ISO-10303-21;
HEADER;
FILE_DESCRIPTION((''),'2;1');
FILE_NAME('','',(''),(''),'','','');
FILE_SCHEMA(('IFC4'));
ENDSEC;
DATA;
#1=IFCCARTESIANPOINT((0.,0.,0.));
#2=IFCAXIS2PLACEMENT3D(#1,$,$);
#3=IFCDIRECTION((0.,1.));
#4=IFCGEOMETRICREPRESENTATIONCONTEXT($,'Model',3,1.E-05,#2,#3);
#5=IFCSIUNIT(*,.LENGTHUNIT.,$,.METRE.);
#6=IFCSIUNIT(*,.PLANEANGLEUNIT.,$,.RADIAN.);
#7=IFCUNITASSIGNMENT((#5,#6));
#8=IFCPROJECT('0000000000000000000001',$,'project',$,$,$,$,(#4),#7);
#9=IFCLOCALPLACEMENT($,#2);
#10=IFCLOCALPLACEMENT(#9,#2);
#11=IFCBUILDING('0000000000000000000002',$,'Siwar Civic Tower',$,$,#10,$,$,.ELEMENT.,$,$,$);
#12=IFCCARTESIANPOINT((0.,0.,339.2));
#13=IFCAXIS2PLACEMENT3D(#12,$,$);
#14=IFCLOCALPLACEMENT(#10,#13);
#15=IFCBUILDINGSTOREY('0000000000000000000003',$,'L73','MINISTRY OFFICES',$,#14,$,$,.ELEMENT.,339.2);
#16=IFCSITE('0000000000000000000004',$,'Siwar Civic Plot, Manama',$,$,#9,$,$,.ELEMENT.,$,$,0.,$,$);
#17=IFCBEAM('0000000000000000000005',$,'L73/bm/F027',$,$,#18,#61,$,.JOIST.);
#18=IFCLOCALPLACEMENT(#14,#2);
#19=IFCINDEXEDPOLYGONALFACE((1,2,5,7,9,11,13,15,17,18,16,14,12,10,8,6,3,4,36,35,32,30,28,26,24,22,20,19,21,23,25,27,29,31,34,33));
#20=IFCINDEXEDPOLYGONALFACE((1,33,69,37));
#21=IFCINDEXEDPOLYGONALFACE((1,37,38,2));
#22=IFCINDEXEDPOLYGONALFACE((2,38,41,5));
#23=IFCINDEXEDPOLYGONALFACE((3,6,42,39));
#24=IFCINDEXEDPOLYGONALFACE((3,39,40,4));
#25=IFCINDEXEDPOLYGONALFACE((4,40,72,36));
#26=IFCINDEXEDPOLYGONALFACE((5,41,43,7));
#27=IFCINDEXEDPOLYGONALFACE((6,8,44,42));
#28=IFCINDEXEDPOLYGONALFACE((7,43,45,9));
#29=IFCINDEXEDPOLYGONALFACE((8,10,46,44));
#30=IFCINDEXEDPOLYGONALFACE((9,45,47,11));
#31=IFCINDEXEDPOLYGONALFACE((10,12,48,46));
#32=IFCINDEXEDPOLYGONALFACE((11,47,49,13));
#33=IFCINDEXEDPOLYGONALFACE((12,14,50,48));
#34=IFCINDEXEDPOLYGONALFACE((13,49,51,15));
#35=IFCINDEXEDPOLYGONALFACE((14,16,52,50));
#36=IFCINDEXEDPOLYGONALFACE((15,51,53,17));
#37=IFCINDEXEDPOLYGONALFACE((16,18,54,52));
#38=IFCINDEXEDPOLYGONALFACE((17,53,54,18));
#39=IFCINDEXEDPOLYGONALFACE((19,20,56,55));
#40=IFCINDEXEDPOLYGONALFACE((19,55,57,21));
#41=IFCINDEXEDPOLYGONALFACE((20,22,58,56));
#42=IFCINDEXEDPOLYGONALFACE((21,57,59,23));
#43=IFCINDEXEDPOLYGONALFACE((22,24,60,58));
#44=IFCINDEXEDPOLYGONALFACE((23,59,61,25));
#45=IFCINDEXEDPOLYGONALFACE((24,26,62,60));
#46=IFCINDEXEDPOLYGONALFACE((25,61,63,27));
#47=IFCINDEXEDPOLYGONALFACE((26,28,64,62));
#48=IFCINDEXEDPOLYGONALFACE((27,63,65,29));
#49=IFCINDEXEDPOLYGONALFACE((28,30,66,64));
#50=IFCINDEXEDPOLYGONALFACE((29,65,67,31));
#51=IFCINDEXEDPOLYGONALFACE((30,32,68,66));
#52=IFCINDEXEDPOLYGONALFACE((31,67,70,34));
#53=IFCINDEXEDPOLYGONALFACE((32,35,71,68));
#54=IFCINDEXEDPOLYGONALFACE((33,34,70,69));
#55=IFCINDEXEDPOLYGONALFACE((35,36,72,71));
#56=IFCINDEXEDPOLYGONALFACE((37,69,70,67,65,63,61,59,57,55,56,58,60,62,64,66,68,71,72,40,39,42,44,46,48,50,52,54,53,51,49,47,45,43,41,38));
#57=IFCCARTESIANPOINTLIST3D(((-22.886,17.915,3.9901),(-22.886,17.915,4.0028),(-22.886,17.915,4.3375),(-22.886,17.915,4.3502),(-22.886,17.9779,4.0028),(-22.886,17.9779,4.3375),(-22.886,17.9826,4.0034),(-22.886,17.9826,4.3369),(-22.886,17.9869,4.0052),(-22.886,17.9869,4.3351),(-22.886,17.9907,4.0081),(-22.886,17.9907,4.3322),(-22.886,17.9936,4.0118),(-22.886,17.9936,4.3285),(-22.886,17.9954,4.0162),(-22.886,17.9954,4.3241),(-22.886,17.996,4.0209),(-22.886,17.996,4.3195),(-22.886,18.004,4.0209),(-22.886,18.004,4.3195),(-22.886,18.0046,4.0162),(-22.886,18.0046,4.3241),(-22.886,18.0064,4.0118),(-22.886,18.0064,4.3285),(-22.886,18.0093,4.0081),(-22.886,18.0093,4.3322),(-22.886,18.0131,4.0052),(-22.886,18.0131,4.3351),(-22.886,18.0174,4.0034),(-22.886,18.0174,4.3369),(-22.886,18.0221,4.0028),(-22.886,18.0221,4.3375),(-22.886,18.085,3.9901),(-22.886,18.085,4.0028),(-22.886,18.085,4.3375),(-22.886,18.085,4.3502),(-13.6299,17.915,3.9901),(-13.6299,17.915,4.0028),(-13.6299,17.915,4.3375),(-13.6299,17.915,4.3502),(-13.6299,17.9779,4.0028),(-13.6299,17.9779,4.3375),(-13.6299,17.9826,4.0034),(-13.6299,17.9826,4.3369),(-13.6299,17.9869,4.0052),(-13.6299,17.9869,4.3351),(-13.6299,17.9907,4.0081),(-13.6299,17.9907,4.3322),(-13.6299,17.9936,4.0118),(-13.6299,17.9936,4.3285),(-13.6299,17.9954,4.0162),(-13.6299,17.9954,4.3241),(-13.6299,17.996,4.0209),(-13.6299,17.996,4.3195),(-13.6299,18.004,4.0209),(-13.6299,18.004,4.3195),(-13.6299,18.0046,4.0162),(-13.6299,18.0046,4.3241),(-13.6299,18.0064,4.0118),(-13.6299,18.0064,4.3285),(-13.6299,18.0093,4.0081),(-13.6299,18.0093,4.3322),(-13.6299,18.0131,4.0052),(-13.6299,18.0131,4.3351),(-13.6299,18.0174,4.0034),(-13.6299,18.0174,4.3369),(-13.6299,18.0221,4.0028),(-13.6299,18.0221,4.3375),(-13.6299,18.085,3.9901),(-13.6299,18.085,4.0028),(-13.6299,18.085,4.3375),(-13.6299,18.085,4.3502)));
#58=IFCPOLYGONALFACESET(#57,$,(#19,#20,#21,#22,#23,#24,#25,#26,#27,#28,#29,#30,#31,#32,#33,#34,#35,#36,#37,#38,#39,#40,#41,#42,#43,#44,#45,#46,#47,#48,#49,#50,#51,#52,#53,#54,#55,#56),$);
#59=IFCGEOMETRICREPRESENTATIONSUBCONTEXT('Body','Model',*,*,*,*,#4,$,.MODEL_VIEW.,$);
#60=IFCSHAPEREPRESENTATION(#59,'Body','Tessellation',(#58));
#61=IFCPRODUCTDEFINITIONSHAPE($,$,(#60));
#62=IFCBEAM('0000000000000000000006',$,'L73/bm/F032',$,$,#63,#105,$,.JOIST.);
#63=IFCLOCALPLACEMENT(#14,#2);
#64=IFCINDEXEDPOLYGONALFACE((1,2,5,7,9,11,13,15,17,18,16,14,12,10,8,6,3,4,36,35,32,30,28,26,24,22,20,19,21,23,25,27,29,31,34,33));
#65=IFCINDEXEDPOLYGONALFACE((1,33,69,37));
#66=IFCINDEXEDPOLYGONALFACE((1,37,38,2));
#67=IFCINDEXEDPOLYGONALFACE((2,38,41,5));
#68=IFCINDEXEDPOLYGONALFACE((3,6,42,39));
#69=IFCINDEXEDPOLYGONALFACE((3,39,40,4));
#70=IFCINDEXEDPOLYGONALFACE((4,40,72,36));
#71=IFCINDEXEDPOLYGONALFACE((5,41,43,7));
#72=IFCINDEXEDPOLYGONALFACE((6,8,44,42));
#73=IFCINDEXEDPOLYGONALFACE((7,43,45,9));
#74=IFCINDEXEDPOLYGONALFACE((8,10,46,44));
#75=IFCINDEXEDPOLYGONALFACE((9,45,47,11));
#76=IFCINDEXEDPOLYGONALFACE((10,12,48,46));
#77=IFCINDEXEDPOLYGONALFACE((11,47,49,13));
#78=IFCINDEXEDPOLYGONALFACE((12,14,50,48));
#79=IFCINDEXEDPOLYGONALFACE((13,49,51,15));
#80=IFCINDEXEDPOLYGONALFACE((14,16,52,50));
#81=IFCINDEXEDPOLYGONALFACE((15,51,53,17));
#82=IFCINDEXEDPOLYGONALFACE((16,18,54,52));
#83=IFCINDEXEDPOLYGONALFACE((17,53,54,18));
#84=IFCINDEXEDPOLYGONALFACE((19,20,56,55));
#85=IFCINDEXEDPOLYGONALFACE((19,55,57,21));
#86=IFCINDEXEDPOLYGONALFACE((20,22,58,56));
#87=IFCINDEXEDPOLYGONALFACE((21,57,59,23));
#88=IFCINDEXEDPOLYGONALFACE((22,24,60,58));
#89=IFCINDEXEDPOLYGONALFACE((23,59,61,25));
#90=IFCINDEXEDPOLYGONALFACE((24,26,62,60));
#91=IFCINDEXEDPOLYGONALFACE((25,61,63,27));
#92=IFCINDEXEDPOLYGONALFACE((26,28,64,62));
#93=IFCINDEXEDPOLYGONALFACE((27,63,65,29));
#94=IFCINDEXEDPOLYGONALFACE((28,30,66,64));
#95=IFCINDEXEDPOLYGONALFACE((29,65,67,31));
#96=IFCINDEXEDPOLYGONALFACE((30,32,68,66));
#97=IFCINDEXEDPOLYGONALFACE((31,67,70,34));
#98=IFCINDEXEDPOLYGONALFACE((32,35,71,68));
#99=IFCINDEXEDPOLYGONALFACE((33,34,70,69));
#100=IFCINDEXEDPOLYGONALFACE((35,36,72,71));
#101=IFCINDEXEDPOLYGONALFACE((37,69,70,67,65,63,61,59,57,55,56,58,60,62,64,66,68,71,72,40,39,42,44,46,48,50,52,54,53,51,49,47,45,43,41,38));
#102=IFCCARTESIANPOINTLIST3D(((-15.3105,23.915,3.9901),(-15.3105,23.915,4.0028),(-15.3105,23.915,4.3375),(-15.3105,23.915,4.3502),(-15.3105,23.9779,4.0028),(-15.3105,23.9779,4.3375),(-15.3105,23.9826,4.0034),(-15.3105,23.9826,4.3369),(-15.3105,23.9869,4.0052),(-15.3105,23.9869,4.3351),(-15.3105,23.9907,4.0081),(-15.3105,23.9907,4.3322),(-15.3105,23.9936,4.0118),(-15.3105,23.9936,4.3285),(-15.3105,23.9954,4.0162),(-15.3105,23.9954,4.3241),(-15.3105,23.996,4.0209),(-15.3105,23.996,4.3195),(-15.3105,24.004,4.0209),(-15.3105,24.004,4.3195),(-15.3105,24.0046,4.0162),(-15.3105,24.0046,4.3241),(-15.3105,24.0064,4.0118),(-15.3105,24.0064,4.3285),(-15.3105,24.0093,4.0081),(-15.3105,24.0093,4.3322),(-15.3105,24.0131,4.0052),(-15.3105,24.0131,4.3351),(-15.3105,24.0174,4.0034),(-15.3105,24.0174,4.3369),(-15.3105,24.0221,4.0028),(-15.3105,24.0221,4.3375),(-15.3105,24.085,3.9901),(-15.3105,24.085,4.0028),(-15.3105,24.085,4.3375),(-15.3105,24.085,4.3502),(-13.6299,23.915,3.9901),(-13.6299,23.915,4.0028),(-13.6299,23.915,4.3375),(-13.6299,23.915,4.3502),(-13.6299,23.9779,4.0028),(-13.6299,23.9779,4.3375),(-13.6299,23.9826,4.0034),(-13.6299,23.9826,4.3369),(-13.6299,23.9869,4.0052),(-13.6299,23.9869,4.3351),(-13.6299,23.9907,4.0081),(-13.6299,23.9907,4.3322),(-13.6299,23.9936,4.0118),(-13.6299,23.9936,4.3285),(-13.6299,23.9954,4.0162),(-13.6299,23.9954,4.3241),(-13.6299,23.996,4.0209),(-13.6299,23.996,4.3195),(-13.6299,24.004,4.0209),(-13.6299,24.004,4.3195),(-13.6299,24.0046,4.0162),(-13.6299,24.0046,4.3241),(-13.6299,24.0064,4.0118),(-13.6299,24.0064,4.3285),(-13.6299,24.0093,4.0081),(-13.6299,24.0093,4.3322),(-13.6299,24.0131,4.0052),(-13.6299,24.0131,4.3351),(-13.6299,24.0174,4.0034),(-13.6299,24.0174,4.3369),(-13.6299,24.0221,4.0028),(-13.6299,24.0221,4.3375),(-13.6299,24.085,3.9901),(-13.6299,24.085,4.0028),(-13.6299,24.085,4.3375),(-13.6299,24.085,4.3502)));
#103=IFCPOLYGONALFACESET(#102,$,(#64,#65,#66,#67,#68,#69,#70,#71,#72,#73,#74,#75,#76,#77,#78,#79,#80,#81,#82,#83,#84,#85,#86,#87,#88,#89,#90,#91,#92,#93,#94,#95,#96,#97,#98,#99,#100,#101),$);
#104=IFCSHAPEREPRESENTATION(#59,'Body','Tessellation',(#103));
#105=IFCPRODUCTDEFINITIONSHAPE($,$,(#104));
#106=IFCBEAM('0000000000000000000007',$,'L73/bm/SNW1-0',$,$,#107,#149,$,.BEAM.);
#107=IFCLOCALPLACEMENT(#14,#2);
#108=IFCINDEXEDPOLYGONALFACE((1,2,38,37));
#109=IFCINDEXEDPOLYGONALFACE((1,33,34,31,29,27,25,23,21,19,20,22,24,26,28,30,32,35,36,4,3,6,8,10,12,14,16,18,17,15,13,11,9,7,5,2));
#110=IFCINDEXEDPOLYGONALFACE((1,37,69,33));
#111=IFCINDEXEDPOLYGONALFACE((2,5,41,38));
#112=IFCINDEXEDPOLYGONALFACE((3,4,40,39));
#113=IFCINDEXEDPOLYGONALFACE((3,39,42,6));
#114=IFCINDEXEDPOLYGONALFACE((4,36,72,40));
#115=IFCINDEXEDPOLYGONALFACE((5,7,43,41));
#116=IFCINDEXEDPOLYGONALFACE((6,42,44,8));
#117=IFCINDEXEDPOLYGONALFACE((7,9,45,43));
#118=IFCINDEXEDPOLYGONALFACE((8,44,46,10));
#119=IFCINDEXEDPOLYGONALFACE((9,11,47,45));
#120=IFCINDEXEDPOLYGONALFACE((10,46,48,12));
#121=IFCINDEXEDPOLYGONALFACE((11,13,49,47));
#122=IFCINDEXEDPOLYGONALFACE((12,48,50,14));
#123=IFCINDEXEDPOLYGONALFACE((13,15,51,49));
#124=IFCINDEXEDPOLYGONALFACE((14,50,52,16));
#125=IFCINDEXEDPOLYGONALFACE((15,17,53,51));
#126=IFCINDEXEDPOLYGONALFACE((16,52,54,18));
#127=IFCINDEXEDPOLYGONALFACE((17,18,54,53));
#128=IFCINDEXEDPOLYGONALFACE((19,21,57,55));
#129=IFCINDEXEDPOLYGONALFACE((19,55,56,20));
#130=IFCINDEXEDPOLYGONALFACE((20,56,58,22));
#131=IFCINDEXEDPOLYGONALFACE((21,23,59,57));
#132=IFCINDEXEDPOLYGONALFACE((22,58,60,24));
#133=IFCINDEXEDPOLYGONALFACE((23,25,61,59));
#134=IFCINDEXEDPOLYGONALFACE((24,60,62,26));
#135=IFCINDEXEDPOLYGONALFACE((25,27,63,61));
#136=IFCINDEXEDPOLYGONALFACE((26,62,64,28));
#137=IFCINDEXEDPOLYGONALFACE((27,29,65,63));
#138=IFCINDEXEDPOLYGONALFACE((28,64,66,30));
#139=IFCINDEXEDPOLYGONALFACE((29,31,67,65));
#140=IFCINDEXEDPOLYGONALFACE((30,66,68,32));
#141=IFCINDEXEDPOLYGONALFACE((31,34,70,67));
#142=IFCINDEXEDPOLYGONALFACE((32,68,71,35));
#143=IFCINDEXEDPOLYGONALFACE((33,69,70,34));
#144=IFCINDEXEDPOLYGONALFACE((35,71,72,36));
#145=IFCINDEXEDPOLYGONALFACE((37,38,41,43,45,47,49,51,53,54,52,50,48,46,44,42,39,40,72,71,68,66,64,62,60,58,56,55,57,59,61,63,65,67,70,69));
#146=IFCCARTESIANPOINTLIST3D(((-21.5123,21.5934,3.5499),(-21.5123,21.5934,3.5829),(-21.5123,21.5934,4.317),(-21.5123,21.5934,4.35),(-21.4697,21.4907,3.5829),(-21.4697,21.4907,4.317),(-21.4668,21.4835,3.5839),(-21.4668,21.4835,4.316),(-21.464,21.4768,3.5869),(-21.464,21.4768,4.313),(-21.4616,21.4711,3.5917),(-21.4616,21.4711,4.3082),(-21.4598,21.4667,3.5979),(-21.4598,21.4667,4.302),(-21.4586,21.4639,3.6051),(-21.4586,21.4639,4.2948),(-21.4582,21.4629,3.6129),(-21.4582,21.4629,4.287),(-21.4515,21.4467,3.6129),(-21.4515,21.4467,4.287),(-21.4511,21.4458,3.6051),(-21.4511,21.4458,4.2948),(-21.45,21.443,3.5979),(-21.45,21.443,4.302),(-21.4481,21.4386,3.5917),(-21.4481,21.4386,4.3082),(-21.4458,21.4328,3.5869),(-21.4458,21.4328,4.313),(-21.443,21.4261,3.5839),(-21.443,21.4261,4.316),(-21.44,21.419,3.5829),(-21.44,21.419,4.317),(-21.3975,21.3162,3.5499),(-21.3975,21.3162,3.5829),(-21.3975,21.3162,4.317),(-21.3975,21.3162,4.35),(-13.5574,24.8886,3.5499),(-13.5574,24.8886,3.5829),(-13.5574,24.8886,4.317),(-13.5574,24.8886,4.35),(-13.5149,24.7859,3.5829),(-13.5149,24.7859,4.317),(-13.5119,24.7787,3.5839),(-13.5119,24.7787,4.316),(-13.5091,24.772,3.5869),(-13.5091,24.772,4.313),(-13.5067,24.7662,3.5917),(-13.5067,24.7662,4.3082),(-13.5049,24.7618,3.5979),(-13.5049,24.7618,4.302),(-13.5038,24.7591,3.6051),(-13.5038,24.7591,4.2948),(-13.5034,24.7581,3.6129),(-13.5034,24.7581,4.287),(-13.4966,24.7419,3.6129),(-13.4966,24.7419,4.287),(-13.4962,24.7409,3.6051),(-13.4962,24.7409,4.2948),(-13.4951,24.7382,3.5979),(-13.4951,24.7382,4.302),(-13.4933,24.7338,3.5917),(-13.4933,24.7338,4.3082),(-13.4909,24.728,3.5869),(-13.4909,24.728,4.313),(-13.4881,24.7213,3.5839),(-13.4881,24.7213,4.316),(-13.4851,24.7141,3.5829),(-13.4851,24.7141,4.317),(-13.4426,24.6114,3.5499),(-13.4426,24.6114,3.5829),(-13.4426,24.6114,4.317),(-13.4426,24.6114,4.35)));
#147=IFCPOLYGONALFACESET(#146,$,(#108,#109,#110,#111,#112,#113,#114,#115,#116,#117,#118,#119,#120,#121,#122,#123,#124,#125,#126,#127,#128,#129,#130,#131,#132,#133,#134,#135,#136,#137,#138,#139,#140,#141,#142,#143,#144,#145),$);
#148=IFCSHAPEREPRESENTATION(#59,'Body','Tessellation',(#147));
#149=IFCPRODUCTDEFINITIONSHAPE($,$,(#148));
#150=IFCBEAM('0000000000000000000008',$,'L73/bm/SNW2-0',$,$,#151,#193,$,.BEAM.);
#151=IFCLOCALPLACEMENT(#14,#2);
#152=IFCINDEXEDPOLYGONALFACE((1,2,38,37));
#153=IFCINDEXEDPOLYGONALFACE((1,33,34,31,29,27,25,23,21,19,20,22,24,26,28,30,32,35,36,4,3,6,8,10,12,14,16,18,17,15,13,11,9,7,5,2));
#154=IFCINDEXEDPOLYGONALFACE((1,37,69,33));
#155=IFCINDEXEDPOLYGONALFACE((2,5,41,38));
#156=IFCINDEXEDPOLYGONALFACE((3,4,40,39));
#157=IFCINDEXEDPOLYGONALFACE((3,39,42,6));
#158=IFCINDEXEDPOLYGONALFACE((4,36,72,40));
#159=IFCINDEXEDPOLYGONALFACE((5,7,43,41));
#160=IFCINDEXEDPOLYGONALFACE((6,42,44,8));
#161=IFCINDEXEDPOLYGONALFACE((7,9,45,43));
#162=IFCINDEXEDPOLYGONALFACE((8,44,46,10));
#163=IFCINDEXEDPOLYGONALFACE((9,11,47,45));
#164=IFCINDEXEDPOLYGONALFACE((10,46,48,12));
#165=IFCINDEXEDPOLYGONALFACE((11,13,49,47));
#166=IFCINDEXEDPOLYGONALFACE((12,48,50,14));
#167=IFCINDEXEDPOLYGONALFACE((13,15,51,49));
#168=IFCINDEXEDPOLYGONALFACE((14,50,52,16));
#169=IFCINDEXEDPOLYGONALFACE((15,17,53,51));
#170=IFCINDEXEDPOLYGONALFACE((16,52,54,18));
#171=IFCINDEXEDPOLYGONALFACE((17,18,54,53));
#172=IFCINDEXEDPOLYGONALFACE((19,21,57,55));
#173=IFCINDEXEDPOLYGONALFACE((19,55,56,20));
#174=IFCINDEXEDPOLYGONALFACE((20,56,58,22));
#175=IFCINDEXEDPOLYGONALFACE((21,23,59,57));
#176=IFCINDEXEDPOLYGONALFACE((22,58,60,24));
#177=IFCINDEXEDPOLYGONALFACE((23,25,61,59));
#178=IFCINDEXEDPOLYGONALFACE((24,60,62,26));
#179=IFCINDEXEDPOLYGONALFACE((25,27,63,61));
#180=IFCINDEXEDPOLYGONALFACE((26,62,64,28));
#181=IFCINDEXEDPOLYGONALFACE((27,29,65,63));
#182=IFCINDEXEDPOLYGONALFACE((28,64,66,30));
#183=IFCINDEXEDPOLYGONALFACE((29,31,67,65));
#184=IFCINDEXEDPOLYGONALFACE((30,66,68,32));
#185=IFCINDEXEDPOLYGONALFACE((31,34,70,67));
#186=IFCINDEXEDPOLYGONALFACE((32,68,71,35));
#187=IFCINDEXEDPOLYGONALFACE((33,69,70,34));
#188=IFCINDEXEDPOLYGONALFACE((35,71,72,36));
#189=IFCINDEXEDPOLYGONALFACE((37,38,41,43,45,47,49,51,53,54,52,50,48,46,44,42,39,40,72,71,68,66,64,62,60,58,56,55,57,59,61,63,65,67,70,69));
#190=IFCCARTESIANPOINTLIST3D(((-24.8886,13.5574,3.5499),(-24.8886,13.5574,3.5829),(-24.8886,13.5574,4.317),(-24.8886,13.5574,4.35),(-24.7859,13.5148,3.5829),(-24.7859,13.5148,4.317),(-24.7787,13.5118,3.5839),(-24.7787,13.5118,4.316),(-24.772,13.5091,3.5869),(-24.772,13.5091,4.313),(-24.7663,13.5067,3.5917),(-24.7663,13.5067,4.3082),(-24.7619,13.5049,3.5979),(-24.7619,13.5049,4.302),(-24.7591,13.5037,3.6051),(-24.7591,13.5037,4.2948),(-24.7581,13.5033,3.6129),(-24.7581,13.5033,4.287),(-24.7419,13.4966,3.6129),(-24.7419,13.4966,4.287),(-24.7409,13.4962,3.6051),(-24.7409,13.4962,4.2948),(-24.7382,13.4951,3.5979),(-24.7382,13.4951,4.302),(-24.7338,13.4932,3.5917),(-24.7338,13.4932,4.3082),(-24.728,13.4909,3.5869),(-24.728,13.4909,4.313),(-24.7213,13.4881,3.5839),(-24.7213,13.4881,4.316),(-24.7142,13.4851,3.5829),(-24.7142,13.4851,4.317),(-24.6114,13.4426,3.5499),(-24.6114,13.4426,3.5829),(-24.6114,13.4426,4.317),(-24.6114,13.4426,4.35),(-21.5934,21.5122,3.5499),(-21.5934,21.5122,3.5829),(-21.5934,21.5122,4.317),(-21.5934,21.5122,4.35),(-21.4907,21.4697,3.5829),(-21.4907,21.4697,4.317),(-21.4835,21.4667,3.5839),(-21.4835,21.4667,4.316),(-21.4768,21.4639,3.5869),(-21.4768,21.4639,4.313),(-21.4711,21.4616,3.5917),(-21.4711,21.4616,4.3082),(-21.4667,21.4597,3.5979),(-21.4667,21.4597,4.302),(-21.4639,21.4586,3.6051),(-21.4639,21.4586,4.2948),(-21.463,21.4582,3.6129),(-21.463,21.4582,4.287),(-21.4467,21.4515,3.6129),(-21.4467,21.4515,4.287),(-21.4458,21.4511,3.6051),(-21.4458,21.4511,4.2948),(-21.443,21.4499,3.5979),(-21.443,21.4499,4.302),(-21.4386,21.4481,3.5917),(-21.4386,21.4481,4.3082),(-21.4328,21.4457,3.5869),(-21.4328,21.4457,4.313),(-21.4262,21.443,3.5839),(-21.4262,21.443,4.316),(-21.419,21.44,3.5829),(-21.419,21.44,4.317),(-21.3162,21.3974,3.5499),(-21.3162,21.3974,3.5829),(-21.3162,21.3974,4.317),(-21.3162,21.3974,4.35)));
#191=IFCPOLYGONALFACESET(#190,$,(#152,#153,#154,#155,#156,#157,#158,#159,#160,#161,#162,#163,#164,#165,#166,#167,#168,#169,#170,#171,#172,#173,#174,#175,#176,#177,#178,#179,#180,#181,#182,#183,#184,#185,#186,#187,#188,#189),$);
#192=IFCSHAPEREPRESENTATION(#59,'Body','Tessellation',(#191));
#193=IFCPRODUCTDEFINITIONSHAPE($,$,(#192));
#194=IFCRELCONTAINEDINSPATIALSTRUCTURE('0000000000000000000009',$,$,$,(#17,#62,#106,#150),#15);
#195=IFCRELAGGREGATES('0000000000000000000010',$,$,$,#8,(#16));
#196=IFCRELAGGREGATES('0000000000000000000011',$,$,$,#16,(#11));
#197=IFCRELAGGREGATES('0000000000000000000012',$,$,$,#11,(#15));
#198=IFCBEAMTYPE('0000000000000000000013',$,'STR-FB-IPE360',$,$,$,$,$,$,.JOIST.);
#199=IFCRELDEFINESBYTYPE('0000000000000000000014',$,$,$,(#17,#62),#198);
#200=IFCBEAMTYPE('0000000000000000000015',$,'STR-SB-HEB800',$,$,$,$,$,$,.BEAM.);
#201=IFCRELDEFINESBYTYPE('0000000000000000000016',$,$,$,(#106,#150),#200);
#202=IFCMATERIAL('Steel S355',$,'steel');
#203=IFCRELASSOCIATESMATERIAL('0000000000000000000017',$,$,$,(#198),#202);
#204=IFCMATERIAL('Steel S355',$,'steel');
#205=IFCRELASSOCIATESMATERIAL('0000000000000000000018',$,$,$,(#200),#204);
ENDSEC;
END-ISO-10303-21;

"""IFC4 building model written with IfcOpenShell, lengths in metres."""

from ifc_helpers import new_model, si_unit, direction, frame, origin, origin_2d, place, context, subcontext, project, spatial, i_section, extrude, material, material_profile, profile_set, type_object, element, save


model = new_model("IFC4")

# Units and contexts
model_context = context("Model", 3, precision=1e-05, world=origin(), true_north=direction((0.0, 1.0)))
body_context = subcontext(model_context, "Body", "Model", "MODEL_VIEW")
ifc_project = project(units=[si_unit("LENGTHUNIT", "METRE"), si_unit("PLANEANGLEUNIT", "RADIAN")], contexts=[model_context])

# Site, building, storey
site_placement = place(None, origin())
site = spatial("IfcSite", under=ifc_project, at=site_placement, Name="Siwar Civic Plot, Manama", CompositionType="ELEMENT", RefElevation=0.0)
building_placement = place(site_placement, origin())
building = spatial("IfcBuilding", under=site, at=building_placement, Name="Siwar Civic Tower", CompositionType="ELEMENT")
storey_placement = place(building_placement, frame((0.0, 0.0, 339.2)))
storey = spatial("IfcBuildingStorey", under=building, at=storey_placement, Name="L73", Description="MINISTRY OFFICES", CompositionType="ELEMENT", Elevation=339.2)

# Beams
ifc_material_1 = material(Name="Steel S355", Category="steel")
ifc_material_profile_1 = material_profile(ifc_material_1, i_section(OverallWidth=0.1699, OverallDepth=0.3601, WebThickness=0.0081, FlangeThickness=0.0127, FilletRadius=0.0181, at=origin_2d()), Name="IPE360")
ifc_profile_set_1 = profile_set([ifc_material_profile_1], Name="Steel S355")
beam_type_1 = type_object("IfcBeamType", Name="STR-FB-IPE360", PredefinedType="JOIST", material=ifc_profile_set_1)
beam_1_placement = place(storey_placement, frame((-22.886, 18.0, 4.1702), z_axis=(1.0, 0.0, 0.0), x_axis=(0.0, 1.0, 0.0)))
element("IfcBeam", 1, at=beam_1_placement, inside=storey, type_object=beam_type_1, Name="L73/bm/F027", PredefinedType="JOIST", context=body_context, shape_type="SweptSolid", body=[
    extrude(i_section(OverallWidth=0.1699, OverallDepth=0.3601, WebThickness=0.0081, FlangeThickness=0.0127, FilletRadius=0.0181, at=origin_2d()), origin(), (0.0, 0.0, 1.0), 9.2561),
])
beam_2_placement = place(storey_placement, frame((-15.3105, 24.0, 4.1702), z_axis=(1.0, 0.0, 0.0), x_axis=(0.0, 1.0, 0.0)))
element("IfcBeam", 2, at=beam_2_placement, inside=storey, type_object=beam_type_1, Name="L73/bm/F032", PredefinedType="JOIST", context=body_context, shape_type="SweptSolid", body=[
    extrude(i_section(OverallWidth=0.1699, OverallDepth=0.3601, WebThickness=0.0081, FlangeThickness=0.0127, FilletRadius=0.0181, at=origin_2d()), origin(), (0.0, 0.0, 1.0), 1.6807),
])
ifc_material_2 = material(Name="Steel S355", Category="steel")
ifc_material_profile_2 = material_profile(ifc_material_2, i_section(OverallWidth=0.3, OverallDepth=0.8, WebThickness=0.0176, FlangeThickness=0.033, FilletRadius=0.03, at=origin_2d()), Name="HEB800")
ifc_profile_set_2 = profile_set([ifc_material_profile_2], Name="Steel S355")
beam_type_2 = type_object("IfcBeamType", Name="STR-SB-HEB800", PredefinedType="BEAM", material=ifc_profile_set_2)
for number, where, z_axis, x_axis, name in (
    (3, (-13.5, 24.75, 3.95), (-0.923873, -0.3827, 0.0), (0.3827, -0.923873, 0.0), "L73/bm/SNW1-0"),
    (4, (-21.4548, 21.4548, 3.95), (-0.3827, -0.923873, 0.0), (0.923873, -0.3827, 0.0), "L73/bm/SNW2-0"),
):
    element("IfcBeam", number, at=place(storey_placement, frame(where, z_axis=z_axis, x_axis=x_axis)), inside=storey, type_object=beam_type_2, Name=name, PredefinedType="BEAM", context=body_context, shape_type="SweptSolid", body=[
        extrude(i_section(OverallWidth=0.3, OverallDepth=0.8, WebThickness=0.0176, FlangeThickness=0.033, FilletRadius=0.03, at=origin_2d()), origin(), (0.0, 0.0, 1.0), 8.6104),
    ])

save(model, "model.ifc")
